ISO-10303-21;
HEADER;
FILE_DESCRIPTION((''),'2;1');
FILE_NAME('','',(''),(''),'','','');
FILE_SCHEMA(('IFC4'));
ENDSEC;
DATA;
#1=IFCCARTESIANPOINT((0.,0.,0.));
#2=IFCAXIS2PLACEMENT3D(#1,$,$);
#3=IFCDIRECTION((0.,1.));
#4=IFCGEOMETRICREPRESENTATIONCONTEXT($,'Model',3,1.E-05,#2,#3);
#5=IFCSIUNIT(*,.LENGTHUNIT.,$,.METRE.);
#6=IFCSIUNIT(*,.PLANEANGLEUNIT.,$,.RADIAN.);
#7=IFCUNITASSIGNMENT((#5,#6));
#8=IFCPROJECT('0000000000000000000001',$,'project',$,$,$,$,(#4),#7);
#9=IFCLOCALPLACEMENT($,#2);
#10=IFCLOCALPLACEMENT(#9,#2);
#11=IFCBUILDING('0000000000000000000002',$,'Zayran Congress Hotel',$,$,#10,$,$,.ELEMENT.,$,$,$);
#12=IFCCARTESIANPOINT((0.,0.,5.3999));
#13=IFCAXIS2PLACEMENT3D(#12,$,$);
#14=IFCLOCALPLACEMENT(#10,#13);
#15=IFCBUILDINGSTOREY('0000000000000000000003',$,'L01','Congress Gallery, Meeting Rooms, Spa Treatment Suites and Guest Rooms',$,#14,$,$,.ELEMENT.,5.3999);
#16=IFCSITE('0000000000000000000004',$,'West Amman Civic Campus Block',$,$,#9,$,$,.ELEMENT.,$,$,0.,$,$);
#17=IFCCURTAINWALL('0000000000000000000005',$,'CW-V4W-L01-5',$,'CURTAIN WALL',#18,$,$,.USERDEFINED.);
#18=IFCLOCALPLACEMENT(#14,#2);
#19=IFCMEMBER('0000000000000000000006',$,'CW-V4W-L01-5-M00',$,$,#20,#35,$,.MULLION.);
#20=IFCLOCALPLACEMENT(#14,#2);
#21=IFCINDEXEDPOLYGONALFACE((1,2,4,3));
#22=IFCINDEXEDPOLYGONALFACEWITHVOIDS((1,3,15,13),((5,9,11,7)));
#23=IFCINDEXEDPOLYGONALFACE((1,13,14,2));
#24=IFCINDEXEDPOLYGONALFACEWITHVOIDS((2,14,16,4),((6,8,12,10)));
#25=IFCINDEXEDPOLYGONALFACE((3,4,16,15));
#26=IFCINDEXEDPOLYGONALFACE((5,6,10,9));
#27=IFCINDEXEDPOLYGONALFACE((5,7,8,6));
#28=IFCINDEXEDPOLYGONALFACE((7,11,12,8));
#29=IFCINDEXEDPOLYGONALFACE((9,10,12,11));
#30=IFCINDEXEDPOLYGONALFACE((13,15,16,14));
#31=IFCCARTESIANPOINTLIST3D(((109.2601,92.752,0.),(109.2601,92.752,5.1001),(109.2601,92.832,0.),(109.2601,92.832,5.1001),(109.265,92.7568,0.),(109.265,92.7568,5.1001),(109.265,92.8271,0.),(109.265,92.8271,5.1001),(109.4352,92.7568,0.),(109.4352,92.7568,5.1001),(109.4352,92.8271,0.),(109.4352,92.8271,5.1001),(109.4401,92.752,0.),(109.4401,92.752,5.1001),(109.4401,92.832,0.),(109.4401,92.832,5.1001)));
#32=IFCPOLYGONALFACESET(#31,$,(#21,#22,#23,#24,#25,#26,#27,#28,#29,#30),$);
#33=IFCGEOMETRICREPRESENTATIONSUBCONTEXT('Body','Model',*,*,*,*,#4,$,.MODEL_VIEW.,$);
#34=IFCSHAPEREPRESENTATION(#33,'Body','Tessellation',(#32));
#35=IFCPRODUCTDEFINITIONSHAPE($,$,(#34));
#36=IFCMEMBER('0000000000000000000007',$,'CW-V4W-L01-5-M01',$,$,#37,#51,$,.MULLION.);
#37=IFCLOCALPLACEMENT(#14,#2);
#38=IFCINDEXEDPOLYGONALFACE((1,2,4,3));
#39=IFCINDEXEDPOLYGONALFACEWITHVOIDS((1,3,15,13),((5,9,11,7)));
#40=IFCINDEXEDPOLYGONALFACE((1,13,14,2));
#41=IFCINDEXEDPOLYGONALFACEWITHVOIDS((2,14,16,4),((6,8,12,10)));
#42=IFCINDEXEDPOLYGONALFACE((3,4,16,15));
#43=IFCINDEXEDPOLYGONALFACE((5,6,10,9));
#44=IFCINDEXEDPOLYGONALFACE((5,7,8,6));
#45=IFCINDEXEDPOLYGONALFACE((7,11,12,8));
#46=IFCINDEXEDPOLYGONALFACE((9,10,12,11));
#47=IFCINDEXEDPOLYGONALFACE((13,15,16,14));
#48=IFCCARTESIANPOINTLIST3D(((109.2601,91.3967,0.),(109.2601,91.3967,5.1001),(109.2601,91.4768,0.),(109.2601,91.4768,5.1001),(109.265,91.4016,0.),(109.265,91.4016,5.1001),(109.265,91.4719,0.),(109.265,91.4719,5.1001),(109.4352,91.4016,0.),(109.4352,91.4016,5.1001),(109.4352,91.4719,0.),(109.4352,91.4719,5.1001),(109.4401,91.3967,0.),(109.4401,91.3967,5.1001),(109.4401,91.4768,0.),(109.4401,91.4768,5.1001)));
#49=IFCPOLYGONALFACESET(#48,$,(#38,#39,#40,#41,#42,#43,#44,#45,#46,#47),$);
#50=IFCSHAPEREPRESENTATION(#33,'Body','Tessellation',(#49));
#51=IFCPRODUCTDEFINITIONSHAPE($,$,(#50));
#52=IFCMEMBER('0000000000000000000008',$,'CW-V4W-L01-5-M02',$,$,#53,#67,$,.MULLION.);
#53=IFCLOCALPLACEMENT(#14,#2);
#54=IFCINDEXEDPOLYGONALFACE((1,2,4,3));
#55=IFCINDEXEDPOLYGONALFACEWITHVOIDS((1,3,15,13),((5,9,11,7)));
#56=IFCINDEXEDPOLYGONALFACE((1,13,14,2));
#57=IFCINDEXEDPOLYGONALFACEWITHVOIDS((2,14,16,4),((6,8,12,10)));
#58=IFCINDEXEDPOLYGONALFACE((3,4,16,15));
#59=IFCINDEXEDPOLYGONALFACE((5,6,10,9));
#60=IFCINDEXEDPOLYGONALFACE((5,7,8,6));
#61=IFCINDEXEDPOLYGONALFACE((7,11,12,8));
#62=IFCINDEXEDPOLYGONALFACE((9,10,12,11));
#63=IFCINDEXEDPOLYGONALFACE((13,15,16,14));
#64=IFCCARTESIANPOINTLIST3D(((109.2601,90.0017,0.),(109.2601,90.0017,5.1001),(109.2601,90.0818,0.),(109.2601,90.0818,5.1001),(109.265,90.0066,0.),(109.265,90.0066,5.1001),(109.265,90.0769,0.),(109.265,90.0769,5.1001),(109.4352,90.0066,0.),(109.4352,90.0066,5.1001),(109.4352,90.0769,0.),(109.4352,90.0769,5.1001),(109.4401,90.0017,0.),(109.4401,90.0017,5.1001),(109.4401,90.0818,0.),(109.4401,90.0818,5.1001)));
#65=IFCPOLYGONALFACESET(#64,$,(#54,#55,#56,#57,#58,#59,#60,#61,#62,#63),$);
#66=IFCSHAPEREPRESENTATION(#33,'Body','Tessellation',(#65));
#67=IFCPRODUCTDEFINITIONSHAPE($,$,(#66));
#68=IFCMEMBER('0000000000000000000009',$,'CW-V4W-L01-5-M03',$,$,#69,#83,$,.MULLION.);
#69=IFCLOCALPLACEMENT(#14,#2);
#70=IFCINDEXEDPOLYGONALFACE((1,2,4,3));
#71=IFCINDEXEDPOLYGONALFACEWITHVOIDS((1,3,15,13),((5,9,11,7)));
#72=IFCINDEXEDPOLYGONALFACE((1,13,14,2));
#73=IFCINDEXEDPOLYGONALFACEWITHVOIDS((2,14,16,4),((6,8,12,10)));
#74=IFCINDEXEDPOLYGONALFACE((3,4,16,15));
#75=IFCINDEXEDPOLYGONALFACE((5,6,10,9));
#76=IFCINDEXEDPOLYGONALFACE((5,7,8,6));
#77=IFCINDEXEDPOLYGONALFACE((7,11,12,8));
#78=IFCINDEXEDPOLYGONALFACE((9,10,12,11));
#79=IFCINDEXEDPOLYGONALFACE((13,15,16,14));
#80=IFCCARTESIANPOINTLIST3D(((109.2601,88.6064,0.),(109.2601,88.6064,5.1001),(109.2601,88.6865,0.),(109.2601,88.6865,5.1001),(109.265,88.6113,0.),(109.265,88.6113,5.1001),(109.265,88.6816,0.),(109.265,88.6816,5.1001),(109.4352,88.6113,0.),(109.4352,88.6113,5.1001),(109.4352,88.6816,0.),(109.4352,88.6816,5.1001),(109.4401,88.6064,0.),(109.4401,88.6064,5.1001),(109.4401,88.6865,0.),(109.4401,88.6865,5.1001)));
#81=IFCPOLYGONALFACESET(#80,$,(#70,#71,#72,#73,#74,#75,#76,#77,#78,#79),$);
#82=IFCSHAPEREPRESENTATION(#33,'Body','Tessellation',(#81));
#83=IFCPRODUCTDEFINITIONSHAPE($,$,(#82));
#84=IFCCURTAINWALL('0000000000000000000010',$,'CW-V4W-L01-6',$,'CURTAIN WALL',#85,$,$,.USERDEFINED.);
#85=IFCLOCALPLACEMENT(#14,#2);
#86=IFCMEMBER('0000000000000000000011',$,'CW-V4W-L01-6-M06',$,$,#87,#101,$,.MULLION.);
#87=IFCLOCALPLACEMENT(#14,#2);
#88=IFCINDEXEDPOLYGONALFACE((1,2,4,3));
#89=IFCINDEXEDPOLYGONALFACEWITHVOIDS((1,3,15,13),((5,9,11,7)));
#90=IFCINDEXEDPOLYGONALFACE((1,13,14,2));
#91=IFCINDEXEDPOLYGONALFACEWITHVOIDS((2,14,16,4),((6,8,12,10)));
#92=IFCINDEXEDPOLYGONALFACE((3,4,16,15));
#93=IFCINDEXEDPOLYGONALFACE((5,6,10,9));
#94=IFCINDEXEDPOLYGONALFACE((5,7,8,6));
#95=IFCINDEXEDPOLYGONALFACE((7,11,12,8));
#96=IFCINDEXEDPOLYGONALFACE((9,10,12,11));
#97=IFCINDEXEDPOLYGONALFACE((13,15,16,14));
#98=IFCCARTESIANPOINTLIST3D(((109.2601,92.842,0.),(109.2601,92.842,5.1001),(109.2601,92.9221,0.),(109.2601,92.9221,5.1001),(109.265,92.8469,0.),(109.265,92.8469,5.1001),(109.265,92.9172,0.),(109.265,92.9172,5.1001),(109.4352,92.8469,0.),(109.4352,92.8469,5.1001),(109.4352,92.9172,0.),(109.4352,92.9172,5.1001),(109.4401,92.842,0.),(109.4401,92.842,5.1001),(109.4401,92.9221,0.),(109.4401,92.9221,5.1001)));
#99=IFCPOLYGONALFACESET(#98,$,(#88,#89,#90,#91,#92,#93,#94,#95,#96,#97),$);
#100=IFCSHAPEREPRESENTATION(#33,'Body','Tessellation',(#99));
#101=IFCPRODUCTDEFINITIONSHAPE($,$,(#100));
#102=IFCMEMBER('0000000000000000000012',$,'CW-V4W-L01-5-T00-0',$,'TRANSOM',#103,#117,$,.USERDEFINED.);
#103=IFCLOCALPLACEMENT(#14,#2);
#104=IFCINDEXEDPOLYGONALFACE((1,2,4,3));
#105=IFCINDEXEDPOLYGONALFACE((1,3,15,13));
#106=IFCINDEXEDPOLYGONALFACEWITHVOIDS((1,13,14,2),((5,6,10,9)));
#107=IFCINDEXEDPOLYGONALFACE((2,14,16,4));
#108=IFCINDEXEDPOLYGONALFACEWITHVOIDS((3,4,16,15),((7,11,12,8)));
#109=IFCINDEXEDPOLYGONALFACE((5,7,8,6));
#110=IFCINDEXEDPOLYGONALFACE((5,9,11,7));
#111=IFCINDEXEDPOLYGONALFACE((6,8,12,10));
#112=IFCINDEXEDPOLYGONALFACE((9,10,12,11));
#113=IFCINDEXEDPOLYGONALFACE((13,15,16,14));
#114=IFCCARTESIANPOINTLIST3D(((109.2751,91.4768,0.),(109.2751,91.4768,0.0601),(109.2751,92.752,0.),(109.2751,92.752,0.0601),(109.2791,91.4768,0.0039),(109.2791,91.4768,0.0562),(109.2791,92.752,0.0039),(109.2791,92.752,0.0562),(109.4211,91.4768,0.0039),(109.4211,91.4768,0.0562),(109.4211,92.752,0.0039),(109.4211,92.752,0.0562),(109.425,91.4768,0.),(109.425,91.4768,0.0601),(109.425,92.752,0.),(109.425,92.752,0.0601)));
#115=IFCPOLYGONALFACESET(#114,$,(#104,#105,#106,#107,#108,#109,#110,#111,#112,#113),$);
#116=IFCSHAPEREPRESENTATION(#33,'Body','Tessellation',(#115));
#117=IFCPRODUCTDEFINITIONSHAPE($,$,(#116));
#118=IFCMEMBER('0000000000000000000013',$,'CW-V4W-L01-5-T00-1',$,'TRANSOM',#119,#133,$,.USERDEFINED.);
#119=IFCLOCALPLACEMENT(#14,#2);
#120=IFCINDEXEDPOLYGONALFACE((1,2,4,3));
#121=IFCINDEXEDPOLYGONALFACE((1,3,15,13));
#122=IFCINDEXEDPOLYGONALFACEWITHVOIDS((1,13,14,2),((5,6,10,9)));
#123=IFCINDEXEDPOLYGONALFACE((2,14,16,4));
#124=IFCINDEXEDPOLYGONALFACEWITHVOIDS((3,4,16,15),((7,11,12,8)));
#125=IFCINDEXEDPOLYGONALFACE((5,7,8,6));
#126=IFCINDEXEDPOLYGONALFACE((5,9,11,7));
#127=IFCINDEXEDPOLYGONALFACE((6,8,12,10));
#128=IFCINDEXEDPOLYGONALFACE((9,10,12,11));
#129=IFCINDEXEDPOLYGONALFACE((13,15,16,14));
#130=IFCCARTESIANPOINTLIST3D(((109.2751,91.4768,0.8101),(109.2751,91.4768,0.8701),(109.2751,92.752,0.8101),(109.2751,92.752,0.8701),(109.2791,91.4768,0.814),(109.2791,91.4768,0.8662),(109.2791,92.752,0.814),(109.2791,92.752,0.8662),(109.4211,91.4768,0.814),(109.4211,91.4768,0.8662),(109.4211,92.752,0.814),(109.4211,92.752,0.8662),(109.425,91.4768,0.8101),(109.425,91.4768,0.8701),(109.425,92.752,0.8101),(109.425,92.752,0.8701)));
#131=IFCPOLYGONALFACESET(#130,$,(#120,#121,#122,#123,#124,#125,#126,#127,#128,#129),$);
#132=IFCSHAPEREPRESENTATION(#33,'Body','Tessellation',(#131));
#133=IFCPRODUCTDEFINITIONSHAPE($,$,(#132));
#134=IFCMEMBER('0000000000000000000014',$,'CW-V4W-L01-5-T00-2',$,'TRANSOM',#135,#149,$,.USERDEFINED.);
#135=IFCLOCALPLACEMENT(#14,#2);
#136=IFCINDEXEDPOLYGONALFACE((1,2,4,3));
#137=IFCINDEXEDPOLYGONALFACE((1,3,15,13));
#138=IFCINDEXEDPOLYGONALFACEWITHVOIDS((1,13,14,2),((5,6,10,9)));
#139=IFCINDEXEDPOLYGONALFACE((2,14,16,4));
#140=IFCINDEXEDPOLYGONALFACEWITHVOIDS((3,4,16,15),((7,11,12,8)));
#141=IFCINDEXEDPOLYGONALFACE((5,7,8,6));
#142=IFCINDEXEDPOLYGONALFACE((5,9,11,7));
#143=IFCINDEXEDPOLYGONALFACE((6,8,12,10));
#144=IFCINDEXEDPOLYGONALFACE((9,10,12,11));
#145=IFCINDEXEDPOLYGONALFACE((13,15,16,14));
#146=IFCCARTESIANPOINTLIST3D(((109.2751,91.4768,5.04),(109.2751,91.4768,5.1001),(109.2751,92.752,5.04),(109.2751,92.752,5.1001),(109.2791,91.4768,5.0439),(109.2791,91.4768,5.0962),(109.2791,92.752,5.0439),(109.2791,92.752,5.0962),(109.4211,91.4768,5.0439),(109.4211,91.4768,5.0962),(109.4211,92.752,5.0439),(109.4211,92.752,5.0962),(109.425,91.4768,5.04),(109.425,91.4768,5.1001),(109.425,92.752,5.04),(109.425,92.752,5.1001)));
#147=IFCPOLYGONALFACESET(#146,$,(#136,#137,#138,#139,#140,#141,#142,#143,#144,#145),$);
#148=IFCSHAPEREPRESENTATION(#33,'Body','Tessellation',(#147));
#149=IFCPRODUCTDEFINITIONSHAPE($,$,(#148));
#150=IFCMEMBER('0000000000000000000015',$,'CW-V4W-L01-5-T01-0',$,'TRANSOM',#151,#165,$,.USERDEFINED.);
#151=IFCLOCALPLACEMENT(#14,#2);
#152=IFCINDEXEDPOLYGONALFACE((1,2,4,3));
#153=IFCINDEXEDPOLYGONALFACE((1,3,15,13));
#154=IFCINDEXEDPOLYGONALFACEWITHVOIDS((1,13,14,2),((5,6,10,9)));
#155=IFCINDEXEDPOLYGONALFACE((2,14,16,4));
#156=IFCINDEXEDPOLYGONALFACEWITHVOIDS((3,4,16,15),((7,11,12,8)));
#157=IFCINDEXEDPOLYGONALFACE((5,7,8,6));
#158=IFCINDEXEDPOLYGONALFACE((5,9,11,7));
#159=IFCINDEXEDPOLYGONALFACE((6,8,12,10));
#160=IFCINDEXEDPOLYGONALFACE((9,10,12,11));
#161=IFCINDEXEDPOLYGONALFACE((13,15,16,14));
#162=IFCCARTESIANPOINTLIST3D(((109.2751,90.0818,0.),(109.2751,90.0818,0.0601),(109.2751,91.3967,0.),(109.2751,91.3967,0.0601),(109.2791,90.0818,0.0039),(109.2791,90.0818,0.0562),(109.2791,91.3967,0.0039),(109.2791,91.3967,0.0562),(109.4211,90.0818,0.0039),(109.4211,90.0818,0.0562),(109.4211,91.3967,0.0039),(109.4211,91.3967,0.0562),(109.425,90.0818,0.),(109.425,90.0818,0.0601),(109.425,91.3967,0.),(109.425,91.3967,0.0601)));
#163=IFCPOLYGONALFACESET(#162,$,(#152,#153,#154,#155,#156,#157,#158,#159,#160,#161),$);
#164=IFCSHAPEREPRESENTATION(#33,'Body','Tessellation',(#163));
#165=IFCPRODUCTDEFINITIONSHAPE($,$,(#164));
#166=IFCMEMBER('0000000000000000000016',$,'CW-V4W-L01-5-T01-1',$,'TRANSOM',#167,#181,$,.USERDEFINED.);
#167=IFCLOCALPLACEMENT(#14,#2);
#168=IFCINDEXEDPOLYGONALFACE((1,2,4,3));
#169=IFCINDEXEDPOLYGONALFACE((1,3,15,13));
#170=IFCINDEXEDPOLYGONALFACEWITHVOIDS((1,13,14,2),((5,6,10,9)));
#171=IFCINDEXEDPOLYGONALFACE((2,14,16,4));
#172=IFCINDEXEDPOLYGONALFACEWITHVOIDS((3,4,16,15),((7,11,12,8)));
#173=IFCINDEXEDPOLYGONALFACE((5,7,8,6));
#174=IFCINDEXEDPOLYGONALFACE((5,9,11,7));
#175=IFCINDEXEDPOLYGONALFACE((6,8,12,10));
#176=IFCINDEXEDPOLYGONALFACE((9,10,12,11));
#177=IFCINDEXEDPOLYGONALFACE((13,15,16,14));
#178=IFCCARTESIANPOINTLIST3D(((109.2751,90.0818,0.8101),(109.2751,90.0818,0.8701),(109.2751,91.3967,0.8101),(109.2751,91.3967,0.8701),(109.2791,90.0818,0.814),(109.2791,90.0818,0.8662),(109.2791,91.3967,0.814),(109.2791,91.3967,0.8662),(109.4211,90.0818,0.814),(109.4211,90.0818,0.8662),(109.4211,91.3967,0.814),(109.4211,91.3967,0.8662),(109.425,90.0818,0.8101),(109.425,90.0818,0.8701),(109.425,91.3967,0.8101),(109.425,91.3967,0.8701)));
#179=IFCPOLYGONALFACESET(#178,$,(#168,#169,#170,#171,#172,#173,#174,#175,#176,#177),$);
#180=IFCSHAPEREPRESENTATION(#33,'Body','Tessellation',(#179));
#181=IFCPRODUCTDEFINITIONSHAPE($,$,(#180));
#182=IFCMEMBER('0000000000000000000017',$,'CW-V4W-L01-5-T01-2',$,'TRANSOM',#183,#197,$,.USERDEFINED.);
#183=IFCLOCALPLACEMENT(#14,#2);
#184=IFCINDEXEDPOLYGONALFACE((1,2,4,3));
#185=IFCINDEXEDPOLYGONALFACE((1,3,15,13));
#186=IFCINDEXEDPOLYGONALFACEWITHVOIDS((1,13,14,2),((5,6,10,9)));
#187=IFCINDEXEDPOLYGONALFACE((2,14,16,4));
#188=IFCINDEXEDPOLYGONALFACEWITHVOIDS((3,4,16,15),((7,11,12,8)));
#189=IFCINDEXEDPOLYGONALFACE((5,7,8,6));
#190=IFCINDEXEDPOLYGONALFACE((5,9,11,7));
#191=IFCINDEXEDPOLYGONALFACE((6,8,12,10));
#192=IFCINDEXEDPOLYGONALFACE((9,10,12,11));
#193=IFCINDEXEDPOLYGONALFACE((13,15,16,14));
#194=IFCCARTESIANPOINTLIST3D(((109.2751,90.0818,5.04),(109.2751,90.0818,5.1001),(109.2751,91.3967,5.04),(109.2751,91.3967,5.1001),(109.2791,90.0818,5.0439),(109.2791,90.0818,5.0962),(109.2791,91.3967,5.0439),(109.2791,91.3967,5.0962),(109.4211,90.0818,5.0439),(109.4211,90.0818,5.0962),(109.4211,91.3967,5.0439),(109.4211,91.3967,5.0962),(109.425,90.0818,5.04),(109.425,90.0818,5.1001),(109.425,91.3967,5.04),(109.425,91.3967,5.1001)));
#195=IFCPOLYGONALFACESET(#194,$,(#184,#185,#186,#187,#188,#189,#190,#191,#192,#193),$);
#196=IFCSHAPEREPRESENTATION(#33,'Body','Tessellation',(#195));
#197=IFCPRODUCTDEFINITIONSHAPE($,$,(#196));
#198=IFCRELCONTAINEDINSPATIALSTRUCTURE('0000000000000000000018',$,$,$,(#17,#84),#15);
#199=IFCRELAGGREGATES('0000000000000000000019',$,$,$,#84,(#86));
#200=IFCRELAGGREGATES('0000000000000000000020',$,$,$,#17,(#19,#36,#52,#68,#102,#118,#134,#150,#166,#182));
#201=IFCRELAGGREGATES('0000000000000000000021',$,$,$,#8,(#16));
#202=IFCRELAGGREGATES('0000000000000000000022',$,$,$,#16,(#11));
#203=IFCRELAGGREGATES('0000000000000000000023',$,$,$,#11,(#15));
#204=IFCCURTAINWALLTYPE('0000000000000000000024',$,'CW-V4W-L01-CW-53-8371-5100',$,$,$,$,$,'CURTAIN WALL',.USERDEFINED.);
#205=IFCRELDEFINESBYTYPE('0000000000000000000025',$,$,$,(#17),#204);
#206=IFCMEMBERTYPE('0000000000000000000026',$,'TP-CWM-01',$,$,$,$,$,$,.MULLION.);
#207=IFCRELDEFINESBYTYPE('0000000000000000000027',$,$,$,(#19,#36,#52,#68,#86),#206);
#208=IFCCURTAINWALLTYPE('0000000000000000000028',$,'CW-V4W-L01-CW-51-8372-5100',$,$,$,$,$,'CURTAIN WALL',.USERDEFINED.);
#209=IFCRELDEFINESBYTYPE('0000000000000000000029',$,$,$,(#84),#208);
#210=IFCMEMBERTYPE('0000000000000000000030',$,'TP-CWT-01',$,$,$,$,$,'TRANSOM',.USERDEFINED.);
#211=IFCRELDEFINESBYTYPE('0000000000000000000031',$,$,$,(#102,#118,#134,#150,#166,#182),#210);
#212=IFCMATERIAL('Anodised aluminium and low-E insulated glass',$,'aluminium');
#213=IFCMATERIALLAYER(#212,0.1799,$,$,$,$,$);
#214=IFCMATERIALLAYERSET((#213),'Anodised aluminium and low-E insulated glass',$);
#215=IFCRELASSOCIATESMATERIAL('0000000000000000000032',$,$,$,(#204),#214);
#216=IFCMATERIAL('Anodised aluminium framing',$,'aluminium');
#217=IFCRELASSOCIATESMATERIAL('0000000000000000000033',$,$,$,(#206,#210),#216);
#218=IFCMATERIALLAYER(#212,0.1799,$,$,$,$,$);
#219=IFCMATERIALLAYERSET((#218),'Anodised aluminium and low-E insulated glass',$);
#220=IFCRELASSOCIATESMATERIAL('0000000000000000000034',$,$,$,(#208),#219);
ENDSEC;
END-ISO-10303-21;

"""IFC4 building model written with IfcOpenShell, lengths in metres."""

from ifc_helpers import new_model, si_unit, direction, frame, origin, origin_2d, place, context, subcontext, project, spatial, hollow_rectangle, extrude, material, layer, layer_set, material_profile, profile_set, type_object, element, aggregate, save


model = new_model("IFC4")

# Units and contexts
model_context = context("Model", 3, precision=1e-05, world=origin(), true_north=direction((0.0, 1.0)))
body_context = subcontext(model_context, "Body", "Model", "MODEL_VIEW")
ifc_project = project(units=[si_unit("LENGTHUNIT", "METRE"), si_unit("PLANEANGLEUNIT", "RADIAN")], contexts=[model_context])

# Site, building, storey
site_placement = place(None, origin())
site = spatial("IfcSite", under=ifc_project, at=site_placement, Name="West Amman Civic Campus Block", CompositionType="ELEMENT", RefElevation=0.0)
building_placement = place(site_placement, origin())
building = spatial("IfcBuilding", under=site, at=building_placement, Name="Zayran Congress Hotel", CompositionType="ELEMENT")
storey_placement = place(building_placement, frame((0.0, 0.0, 5.3999)))
storey = spatial("IfcBuildingStorey", under=building, at=storey_placement, Name="L01", Description="Congress Gallery, Meeting Rooms, Spa Treatment Suites and Guest Rooms", CompositionType="ELEMENT", Elevation=5.3999)

# Curtain wall, members
ifc_material_1 = material(Name="Anodised aluminium and low-E insulated glass", Category="aluminium")
ifc_layer_1 = layer(ifc_material_1, 0.1799)
ifc_layer_set_1 = layer_set([ifc_layer_1], Name="Anodised aluminium and low-E insulated glass")
curtain_wall_type_1 = type_object("IfcCurtainWallType", Name="CW-V4W-L01-CW-53-8371-5100", ElementType="CURTAIN WALL", PredefinedType="USERDEFINED", material=ifc_layer_set_1)
curtain_wall_1_placement = place(storey_placement, origin())
curtain_wall_1 = element("IfcCurtainWall", 1, at=curtain_wall_1_placement, inside=storey, type_object=curtain_wall_type_1, Name="CW-V4W-L01-5", ObjectType="CURTAIN WALL", PredefinedType="USERDEFINED")
ifc_material_2 = material(Name="Anodised aluminium framing", Category="aluminium")
ifc_material_profile_1 = material_profile(ifc_material_2, hollow_rectangle(XDim=0.0801, YDim=0.1799, WallThickness=0.0049, at=origin_2d()), Name="RHS 180x80x5")
ifc_profile_set_1 = profile_set([ifc_material_profile_1], Name="Anodised aluminium framing")
member_type_1 = type_object("IfcMemberType", Name="TP-CWM-01", PredefinedType="MULLION", material=ifc_profile_set_1)
member_1_placement = place(storey_placement, frame((109.3501, 92.792, 0.0), z_axis=(0.0, 0.0, 1.0), x_axis=(0.0, 1.0, 0.0)))
member_1 = element("IfcMember", 2, at=member_1_placement, type_object=member_type_1, Name="CW-V4W-L01-5-M00", PredefinedType="MULLION", context=body_context, shape_type="SweptSolid", body=[
    extrude(hollow_rectangle(XDim=0.0801, YDim=0.1799, WallThickness=0.0049, at=origin_2d()), origin(), (0.0, 0.0, 1.0), 5.1001),
])
member_2_placement = place(storey_placement, frame((109.3501, 91.4368, 0.0), z_axis=(0.0, 0.0, 1.0), x_axis=(0.0, 1.0, 0.0)))
member_2 = element("IfcMember", 3, at=member_2_placement, type_object=member_type_1, Name="CW-V4W-L01-5-M01", PredefinedType="MULLION", context=body_context, shape_type="SweptSolid", body=[
    extrude(hollow_rectangle(XDim=0.0801, YDim=0.1799, WallThickness=0.0049, at=origin_2d()), origin(), (0.0, 0.0, 1.0), 5.1001),
])
member_3_placement = place(storey_placement, frame((109.3501, 90.0417, 0.0), z_axis=(0.0, 0.0, 1.0), x_axis=(0.0, 1.0, 0.0)))
member_3 = element("IfcMember", 4, at=member_3_placement, type_object=member_type_1, Name="CW-V4W-L01-5-M02", PredefinedType="MULLION", context=body_context, shape_type="SweptSolid", body=[
    extrude(hollow_rectangle(XDim=0.0801, YDim=0.1799, WallThickness=0.0049, at=origin_2d()), origin(), (0.0, 0.0, 1.0), 5.1001),
])
member_4_placement = place(storey_placement, frame((109.3501, 88.6465, 0.0), z_axis=(0.0, 0.0, 1.0), x_axis=(0.0, 1.0, 0.0)))
member_4 = element("IfcMember", 5, at=member_4_placement, type_object=member_type_1, Name="CW-V4W-L01-5-M03", PredefinedType="MULLION", context=body_context, shape_type="SweptSolid", body=[
    extrude(hollow_rectangle(XDim=0.0801, YDim=0.1799, WallThickness=0.0049, at=origin_2d()), origin(), (0.0, 0.0, 1.0), 5.1001),
])

# Curtain wall, member
ifc_layer_2 = layer(ifc_material_1, 0.1799)
ifc_layer_set_2 = layer_set([ifc_layer_2], Name="Anodised aluminium and low-E insulated glass")
curtain_wall_type_2 = type_object("IfcCurtainWallType", Name="CW-V4W-L01-CW-51-8372-5100", ElementType="CURTAIN WALL", PredefinedType="USERDEFINED", material=ifc_layer_set_2)
curtain_wall_2_placement = place(storey_placement, origin())
curtain_wall_2 = element("IfcCurtainWall", 6, at=curtain_wall_2_placement, inside=storey, type_object=curtain_wall_type_2, Name="CW-V4W-L01-6", ObjectType="CURTAIN WALL", PredefinedType="USERDEFINED")
member_5_placement = place(storey_placement, frame((109.3501, 92.8821, 0.0), z_axis=(0.0, 0.0, 1.0), x_axis=(0.0, 1.0, 0.0)))
member_5 = element("IfcMember", 7, at=member_5_placement, type_object=member_type_1, Name="CW-V4W-L01-6-M06", PredefinedType="MULLION", context=body_context, shape_type="SweptSolid", body=[
    extrude(hollow_rectangle(XDim=0.0801, YDim=0.1799, WallThickness=0.0049, at=origin_2d()), origin(), (0.0, 0.0, 1.0), 5.1001),
])
aggregate(curtain_wall_2, [member_5])

# Members
ifc_material_profile_2 = material_profile(ifc_material_2, hollow_rectangle(XDim=0.0601, YDim=0.1499, WallThickness=0.0039, at=origin_2d()), Name="RHS 150x60x4")
ifc_profile_set_2 = profile_set([ifc_material_profile_2], Name="Anodised aluminium framing")
member_type_2 = type_object("IfcMemberType", Name="TP-CWT-01", ElementType="TRANSOM", PredefinedType="USERDEFINED", material=ifc_profile_set_2)
member_6_placement = place(storey_placement, frame((109.3501, 92.752, 0.03), z_axis=(0.0, -1.0, 0.0), x_axis=(0.0, 0.0, 1.0)))
member_6 = element("IfcMember", 8, at=member_6_placement, type_object=member_type_2, Name="CW-V4W-L01-5-T00-0", ObjectType="TRANSOM", PredefinedType="USERDEFINED", context=body_context, shape_type="SweptSolid", body=[
    extrude(hollow_rectangle(XDim=0.0601, YDim=0.1499, WallThickness=0.0039, at=origin_2d()), origin(), (0.0, 0.0, 1.0), 1.2751),
])
member_7_placement = place(storey_placement, frame((109.3501, 92.752, 0.8401), z_axis=(0.0, -1.0, 0.0), x_axis=(0.0, 0.0, 1.0)))
member_7 = element("IfcMember", 9, at=member_7_placement, type_object=member_type_2, Name="CW-V4W-L01-5-T00-1", ObjectType="TRANSOM", PredefinedType="USERDEFINED", context=body_context, shape_type="SweptSolid", body=[
    extrude(hollow_rectangle(XDim=0.0601, YDim=0.1499, WallThickness=0.0039, at=origin_2d()), origin(), (0.0, 0.0, 1.0), 1.2751),
])
member_8_placement = place(storey_placement, frame((109.3501, 92.752, 5.0701), z_axis=(0.0, -1.0, 0.0), x_axis=(0.0, 0.0, 1.0)))
member_8 = element("IfcMember", 10, at=member_8_placement, type_object=member_type_2, Name="CW-V4W-L01-5-T00-2", ObjectType="TRANSOM", PredefinedType="USERDEFINED", context=body_context, shape_type="SweptSolid", body=[
    extrude(hollow_rectangle(XDim=0.0601, YDim=0.1499, WallThickness=0.0039, at=origin_2d()), origin(), (0.0, 0.0, 1.0), 1.2751),
])
member_9_placement = place(storey_placement, frame((109.3501, 91.3967, 0.03), z_axis=(0.0, -1.0, 0.0), x_axis=(0.0, 0.0, 1.0)))
member_9 = element("IfcMember", 11, at=member_9_placement, type_object=member_type_2, Name="CW-V4W-L01-5-T01-0", ObjectType="TRANSOM", PredefinedType="USERDEFINED", context=body_context, shape_type="SweptSolid", body=[
    extrude(hollow_rectangle(XDim=0.0601, YDim=0.1499, WallThickness=0.0039, at=origin_2d()), origin(), (0.0, 0.0, 1.0), 1.3149),
])
member_10_placement = place(storey_placement, frame((109.3501, 91.3967, 0.8401), z_axis=(0.0, -1.0, 0.0), x_axis=(0.0, 0.0, 1.0)))
member_10 = element("IfcMember", 12, at=member_10_placement, type_object=member_type_2, Name="CW-V4W-L01-5-T01-1", ObjectType="TRANSOM", PredefinedType="USERDEFINED", context=body_context, shape_type="SweptSolid", body=[
    extrude(hollow_rectangle(XDim=0.0601, YDim=0.1499, WallThickness=0.0039, at=origin_2d()), origin(), (0.0, 0.0, 1.0), 1.3149),
])
member_11_placement = place(storey_placement, frame((109.3501, 91.3967, 5.0701), z_axis=(0.0, -1.0, 0.0), x_axis=(0.0, 0.0, 1.0)))
member_11 = element("IfcMember", 13, at=member_11_placement, type_object=member_type_2, Name="CW-V4W-L01-5-T01-2", ObjectType="TRANSOM", PredefinedType="USERDEFINED", context=body_context, shape_type="SweptSolid", body=[
    extrude(hollow_rectangle(XDim=0.0601, YDim=0.1499, WallThickness=0.0039, at=origin_2d()), origin(), (0.0, 0.0, 1.0), 1.3149),
])

aggregate(curtain_wall_1, [member_1, member_2, member_3, member_4, member_6, member_7, member_8, member_9, member_10, member_11])

save(model, "model.ifc")
